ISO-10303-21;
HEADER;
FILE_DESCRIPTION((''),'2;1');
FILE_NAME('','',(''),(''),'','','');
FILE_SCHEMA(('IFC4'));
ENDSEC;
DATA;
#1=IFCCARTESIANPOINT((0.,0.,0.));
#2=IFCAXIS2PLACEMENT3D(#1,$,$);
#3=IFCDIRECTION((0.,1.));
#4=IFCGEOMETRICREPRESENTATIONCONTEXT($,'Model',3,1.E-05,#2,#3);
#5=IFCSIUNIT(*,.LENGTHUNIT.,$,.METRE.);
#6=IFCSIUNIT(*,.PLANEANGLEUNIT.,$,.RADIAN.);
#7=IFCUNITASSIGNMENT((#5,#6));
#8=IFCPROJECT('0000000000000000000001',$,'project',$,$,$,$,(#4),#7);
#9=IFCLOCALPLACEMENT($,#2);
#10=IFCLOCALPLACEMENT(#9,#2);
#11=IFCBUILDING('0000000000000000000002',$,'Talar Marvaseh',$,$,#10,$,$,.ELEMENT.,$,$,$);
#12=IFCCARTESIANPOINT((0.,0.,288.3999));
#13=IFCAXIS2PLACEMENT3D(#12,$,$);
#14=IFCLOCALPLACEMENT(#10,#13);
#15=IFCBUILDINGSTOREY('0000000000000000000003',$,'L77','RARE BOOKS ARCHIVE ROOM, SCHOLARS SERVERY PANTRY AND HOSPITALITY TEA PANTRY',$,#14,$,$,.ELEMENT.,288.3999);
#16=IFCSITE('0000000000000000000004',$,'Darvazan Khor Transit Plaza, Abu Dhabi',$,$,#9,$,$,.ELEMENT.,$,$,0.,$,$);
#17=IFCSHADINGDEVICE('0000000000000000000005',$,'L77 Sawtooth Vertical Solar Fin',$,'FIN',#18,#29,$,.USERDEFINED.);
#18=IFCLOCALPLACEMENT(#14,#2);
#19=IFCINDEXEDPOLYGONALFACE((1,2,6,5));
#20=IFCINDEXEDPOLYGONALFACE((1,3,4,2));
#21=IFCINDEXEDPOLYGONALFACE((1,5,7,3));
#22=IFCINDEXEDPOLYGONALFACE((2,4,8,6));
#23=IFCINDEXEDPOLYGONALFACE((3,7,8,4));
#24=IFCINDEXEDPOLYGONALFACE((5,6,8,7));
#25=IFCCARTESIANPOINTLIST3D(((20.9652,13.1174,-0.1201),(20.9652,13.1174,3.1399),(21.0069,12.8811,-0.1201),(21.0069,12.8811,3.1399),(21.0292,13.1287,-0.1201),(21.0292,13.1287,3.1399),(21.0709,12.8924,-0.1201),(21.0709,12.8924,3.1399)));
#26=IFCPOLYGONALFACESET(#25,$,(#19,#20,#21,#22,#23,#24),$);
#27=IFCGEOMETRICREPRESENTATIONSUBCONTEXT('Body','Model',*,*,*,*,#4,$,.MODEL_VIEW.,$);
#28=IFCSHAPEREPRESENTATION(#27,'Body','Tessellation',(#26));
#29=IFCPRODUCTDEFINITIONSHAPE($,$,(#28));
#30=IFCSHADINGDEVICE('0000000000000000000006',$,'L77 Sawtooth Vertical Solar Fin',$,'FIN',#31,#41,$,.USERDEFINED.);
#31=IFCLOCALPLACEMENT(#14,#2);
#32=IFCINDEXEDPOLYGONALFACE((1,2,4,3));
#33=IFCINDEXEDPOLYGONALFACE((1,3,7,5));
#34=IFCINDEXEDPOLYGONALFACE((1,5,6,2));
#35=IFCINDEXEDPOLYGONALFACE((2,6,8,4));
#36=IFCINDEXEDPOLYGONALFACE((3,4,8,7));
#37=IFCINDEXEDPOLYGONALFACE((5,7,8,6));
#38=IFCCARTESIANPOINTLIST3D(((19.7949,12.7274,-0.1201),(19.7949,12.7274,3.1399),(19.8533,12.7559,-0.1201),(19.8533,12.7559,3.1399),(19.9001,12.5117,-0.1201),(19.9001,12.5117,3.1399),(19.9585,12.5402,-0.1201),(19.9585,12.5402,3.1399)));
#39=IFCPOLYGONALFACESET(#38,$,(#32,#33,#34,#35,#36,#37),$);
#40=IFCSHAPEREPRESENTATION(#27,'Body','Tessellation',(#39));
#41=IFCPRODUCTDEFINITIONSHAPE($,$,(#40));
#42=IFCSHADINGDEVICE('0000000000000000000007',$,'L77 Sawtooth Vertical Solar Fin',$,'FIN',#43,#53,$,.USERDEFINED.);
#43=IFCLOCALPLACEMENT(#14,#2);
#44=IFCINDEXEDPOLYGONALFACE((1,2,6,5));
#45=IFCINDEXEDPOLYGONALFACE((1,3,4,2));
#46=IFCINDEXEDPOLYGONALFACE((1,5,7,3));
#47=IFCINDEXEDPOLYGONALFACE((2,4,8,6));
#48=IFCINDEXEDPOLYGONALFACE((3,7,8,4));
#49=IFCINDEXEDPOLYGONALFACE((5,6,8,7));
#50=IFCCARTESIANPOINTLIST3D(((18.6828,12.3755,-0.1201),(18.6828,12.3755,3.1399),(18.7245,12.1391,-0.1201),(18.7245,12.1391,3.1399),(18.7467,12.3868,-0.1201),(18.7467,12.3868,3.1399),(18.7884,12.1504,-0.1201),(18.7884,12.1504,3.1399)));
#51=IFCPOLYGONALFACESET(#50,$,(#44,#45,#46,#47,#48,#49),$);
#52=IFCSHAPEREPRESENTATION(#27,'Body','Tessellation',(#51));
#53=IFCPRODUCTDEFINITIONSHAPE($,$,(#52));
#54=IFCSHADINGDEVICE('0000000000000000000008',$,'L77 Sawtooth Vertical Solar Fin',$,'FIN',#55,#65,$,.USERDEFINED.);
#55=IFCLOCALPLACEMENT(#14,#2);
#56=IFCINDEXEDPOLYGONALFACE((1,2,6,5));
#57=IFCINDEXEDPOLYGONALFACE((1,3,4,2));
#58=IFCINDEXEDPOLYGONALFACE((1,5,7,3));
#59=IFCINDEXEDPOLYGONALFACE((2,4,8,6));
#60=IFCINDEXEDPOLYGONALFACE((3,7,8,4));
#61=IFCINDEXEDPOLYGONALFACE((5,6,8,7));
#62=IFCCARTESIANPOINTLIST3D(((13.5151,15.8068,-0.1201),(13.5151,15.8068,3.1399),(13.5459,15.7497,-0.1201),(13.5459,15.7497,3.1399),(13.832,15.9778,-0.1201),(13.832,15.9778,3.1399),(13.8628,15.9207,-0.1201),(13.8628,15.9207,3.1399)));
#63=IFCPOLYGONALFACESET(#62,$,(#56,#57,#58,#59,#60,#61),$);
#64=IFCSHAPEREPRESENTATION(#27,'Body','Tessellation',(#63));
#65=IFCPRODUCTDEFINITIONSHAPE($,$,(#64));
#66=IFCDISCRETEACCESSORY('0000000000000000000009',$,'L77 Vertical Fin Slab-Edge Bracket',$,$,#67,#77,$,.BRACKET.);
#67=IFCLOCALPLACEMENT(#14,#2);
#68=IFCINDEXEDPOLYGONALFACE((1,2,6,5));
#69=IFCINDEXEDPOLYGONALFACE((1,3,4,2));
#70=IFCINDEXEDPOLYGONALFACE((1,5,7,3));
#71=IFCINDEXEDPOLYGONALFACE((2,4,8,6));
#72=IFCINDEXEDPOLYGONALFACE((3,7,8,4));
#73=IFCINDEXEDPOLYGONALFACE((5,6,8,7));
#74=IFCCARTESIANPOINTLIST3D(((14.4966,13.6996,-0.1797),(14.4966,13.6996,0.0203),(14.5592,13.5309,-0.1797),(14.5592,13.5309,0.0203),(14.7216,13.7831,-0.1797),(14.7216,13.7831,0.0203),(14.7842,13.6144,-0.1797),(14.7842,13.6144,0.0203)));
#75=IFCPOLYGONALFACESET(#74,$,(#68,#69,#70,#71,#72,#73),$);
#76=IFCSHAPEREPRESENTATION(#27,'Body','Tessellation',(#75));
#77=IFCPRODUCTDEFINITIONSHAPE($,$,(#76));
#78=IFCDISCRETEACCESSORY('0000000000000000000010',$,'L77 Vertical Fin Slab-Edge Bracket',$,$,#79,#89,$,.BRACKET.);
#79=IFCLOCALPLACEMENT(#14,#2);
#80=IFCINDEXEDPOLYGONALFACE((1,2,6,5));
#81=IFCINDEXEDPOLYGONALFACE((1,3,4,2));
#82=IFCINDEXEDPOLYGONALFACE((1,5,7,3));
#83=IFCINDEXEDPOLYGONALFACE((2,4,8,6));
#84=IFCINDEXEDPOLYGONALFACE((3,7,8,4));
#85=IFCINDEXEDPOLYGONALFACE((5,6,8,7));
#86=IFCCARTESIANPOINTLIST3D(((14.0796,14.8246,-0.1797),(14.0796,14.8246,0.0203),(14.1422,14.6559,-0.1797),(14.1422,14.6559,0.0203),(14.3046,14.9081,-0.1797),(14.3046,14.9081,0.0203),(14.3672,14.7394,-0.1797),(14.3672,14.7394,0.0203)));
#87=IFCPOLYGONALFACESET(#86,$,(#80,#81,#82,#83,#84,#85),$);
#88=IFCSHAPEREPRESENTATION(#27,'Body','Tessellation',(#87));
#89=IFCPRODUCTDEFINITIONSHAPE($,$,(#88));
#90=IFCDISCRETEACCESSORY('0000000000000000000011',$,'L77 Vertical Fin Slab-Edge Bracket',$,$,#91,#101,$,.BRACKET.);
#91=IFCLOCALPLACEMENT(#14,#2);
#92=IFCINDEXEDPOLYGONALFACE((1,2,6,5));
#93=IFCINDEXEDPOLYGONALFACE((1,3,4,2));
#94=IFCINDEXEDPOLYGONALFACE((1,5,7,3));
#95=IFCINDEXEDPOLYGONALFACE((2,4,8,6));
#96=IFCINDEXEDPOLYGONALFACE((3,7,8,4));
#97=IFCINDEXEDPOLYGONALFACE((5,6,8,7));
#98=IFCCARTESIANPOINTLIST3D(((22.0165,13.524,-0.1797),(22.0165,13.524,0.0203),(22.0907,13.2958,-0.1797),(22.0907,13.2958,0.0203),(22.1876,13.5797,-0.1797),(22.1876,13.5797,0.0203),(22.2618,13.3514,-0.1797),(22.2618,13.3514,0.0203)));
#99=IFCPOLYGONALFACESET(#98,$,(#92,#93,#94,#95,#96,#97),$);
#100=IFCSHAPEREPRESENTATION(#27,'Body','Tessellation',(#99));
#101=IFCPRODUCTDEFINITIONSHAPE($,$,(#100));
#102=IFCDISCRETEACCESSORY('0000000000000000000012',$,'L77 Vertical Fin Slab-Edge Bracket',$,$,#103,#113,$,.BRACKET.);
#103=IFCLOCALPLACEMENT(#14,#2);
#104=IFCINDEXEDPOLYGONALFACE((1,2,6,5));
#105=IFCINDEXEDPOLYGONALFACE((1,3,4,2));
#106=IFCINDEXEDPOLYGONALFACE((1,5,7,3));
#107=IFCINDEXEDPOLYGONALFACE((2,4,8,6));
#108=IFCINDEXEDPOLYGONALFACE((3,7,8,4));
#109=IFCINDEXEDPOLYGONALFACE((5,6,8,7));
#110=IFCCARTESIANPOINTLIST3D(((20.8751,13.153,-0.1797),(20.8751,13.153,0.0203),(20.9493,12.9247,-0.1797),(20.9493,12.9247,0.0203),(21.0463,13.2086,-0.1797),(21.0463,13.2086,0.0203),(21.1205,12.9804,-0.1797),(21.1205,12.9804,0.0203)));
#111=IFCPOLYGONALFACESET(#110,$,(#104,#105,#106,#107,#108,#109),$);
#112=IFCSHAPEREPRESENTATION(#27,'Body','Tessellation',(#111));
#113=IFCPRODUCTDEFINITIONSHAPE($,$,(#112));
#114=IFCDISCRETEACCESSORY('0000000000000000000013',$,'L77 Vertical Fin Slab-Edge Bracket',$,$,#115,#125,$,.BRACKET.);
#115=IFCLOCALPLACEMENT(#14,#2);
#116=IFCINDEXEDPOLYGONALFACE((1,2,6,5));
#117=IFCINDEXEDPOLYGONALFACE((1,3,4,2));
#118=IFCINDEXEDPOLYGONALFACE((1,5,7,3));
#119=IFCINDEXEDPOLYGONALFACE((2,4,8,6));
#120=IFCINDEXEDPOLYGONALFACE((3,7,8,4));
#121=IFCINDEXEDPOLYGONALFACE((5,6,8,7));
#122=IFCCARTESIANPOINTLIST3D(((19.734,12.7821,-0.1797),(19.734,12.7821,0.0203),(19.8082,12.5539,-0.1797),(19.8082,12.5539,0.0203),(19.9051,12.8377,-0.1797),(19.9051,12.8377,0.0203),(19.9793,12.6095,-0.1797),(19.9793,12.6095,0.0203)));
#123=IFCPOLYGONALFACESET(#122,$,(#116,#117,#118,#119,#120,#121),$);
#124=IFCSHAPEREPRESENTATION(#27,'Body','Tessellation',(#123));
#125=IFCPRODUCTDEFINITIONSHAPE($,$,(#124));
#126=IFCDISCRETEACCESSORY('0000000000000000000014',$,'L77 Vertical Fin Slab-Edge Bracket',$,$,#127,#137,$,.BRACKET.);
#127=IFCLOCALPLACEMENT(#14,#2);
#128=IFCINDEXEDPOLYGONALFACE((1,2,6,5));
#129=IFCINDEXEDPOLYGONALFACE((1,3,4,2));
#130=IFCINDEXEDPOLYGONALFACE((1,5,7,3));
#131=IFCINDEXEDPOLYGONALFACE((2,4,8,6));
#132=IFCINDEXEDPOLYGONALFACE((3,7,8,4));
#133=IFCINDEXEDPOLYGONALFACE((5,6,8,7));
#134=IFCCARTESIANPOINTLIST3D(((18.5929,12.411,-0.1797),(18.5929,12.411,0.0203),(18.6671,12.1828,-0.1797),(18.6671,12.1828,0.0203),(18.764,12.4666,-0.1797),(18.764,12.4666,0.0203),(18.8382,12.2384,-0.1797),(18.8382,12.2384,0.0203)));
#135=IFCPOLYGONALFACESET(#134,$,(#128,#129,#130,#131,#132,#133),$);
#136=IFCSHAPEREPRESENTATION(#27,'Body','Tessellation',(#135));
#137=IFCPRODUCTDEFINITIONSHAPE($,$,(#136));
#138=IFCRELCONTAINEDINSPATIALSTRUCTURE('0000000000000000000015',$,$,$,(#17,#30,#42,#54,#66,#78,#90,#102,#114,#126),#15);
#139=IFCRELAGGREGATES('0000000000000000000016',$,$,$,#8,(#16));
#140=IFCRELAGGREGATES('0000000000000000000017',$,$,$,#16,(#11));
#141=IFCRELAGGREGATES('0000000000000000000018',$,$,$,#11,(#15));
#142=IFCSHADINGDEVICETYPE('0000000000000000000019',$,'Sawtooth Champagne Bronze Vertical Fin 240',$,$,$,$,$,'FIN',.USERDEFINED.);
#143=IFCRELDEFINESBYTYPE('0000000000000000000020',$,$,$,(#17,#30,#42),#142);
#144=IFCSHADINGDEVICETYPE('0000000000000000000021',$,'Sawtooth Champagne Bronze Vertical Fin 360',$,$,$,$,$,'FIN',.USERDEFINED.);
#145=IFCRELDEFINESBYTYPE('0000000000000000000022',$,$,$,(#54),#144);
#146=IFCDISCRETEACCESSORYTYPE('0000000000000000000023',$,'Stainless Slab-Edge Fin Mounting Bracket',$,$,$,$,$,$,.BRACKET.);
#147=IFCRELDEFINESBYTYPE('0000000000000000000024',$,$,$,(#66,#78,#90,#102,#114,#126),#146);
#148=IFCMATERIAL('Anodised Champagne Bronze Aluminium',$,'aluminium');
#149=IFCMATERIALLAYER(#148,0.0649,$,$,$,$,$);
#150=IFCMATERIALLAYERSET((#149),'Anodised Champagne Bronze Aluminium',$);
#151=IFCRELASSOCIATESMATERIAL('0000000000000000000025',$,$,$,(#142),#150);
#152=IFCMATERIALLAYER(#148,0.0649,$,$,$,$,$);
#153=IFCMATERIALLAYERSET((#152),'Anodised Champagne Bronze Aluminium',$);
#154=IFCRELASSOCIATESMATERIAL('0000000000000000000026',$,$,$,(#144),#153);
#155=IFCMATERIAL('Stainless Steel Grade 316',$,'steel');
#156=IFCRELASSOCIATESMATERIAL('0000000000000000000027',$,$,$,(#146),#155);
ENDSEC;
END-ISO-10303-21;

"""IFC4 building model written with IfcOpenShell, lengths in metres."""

from ifc_helpers import new_model, si_unit, direction, frame, origin, origin_2d, place, context, subcontext, project, spatial, rectangle, extrude, source, transform, mapped, material, layer, layer_set, type_object, type_shapes, element, save


model = new_model("IFC4")

# Units and contexts
model_context = context("Model", 3, precision=1e-05, world=origin(), true_north=direction((0.0, 1.0)))
body_context = subcontext(model_context, "Body", "Model", "MODEL_VIEW")
ifc_project = project(units=[si_unit("LENGTHUNIT", "METRE"), si_unit("PLANEANGLEUNIT", "RADIAN")], contexts=[model_context])

# Site, building, storey
site_placement = place(None, origin())
site = spatial("IfcSite", under=ifc_project, at=site_placement, Name="Darvazan Khor Transit Plaza, Abu Dhabi", CompositionType="ELEMENT", RefElevation=0.0)
building_placement = place(site_placement, origin())
building = spatial("IfcBuilding", under=site, at=building_placement, Name="Talar Marvaseh", CompositionType="ELEMENT")
storey_placement = place(building_placement, frame((0.0, 0.0, 288.3999)))
storey = spatial("IfcBuildingStorey", under=building, at=storey_placement, Name="L77", Description="RARE BOOKS ARCHIVE ROOM, SCHOLARS SERVERY PANTRY AND HOSPITALITY TEA PANTRY", CompositionType="ELEMENT", Elevation=288.3999)

# Shading devices
ifc_material_1 = material(Name="Anodised Champagne Bronze Aluminium", Category="aluminium")
ifc_layer_1 = layer(ifc_material_1, 0.0649)
ifc_layer_set_1 = layer_set([ifc_layer_1], Name="Anodised Champagne Bronze Aluminium")
shading_device_type_1 = type_object("IfcShadingDeviceType", Name="Sawtooth Champagne Bronze Vertical Fin 240", ElementType="FIN", PredefinedType="USERDEFINED", material=ifc_layer_set_1)
shared_shape_1 = source(origin(), body_context, "Body", "SweptSolid", [
    extrude(rectangle(XDim=0.24, YDim=0.0649, at=origin_2d()), origin(), (0.0, 0.0, 1.0), 3.26),
])
type_shapes(shading_device_type_1, [shared_shape_1])
for number, where, z_axis, x_axis, name in (
    (1, (21.0181, 13.0049, -0.1201), (0.0, 0.0, 1.0), (0.17382, -0.984777, 0.0), "L77 Sawtooth Vertical Solar Fin"),
    (2, (19.8767, 12.6338, -0.1201), (0.0, 0.0, 1.0), (0.438528, -0.898718, 0.0), "L77 Sawtooth Vertical Solar Fin"),
    (3, (18.7356, 12.2629, -0.1201), (0.0, 0.0, 1.0), (0.17382, -0.984777, 0.0), "L77 Sawtooth Vertical Solar Fin"),
):
    element("IfcShadingDevice", number, at=place(storey_placement, frame(where, z_axis=z_axis, x_axis=x_axis)), inside=storey, type_object=shading_device_type_1, Name=name, ObjectType="FIN", PredefinedType="USERDEFINED", context=body_context, shape_type="MappedRepresentation", body=[
        mapped(shared_shape_1, transform((0.0, 0.0, 0.0), x_axis=(1.0, 0.0, 0.0), y_axis=(0.0, 1.0, 0.0), z_axis=(0.0, 0.0, 1.0), scale=1.0)),
    ])
ifc_layer_2 = layer(ifc_material_1, 0.0649)
ifc_layer_set_2 = layer_set([ifc_layer_2], Name="Anodised Champagne Bronze Aluminium")
shading_device_type_2 = type_object("IfcShadingDeviceType", Name="Sawtooth Champagne Bronze Vertical Fin 360", ElementType="FIN", PredefinedType="USERDEFINED", material=ifc_layer_set_2)
shared_shape_2 = source(origin(), body_context, "Body", "SweptSolid", [
    extrude(rectangle(XDim=0.3601, YDim=0.0649, at=origin_2d()), origin(), (0.0, 0.0, 1.0), 3.26),
])
type_shapes(shading_device_type_2, [shared_shape_2])
shading_device_placement = place(storey_placement, frame((13.689, 15.8638, -0.1201), z_axis=(0.0, 0.0, 1.0), x_axis=(-0.880063, -0.474856, 0.0)))
element("IfcShadingDevice", 4, at=shading_device_placement, inside=storey, type_object=shading_device_type_2, Name="L77 Sawtooth Vertical Solar Fin", ObjectType="FIN", PredefinedType="USERDEFINED", context=body_context, shape_type="MappedRepresentation", body=[
    mapped(shared_shape_2, transform((0.0, 0.0, 0.0), x_axis=(1.0, 0.0, 0.0), y_axis=(0.0, 1.0, 0.0), z_axis=(0.0, 0.0, 1.0), scale=1.0)),
])

# Discrete accessories
ifc_material_2 = material(Name="Stainless Steel Grade 316", Category="steel")
discrete_accessory_type = type_object("IfcDiscreteAccessoryType", Name="Stainless Slab-Edge Fin Mounting Bracket", PredefinedType="BRACKET", material=ifc_material_2)
shared_shape_3 = source(origin(), body_context, "Body", "SweptSolid", [
    extrude(rectangle(XDim=0.24, YDim=0.1799, at=origin_2d()), origin(), (0.0, 0.0, 1.0), 0.2),
])
type_shapes(discrete_accessory_type, [shared_shape_3])
for number, where, z_axis, x_axis, name in (
    (5, (14.6404, 13.657, -0.1797), (0.0, 0.0, 1.0), (-0.937586, -0.347754, 0.0), "L77 Vertical Fin Slab-Edge Bracket"),
    (6, (14.2234, 14.782, -0.1797), (0.0, 0.0, 1.0), (-0.937586, -0.347754, 0.0), "L77 Vertical Fin Slab-Edge Bracket"),
    (7, (22.1392, 13.4377, -0.1797), (0.0, 0.0, 1.0), (0.309183, -0.951003, 0.0), "L77 Vertical Fin Slab-Edge Bracket"),
    (8, (20.9978, 13.0667, -0.1797), (0.0, 0.0, 1.0), (0.309183, -0.951003, 0.0), "L77 Vertical Fin Slab-Edge Bracket"),
    (9, (19.8567, 12.6958, -0.1797), (0.0, 0.0, 1.0), (0.309183, -0.951003, 0.0), "L77 Vertical Fin Slab-Edge Bracket"),
    (10, (18.7156, 12.3247, -0.1797), (0.0, 0.0, 1.0), (0.309183, -0.951003, 0.0), "L77 Vertical Fin Slab-Edge Bracket"),
):
    element("IfcDiscreteAccessory", number, at=place(storey_placement, frame(where, z_axis=z_axis, x_axis=x_axis)), inside=storey, type_object=discrete_accessory_type, Name=name, PredefinedType="BRACKET", context=body_context, shape_type="MappedRepresentation", body=[
        mapped(shared_shape_3, transform((0.0, 0.0, 0.0), x_axis=(1.0, 0.0, 0.0), y_axis=(0.0, 1.0, 0.0), z_axis=(0.0, 0.0, 1.0), scale=1.0)),
    ])

save(model, "model.ifc")
